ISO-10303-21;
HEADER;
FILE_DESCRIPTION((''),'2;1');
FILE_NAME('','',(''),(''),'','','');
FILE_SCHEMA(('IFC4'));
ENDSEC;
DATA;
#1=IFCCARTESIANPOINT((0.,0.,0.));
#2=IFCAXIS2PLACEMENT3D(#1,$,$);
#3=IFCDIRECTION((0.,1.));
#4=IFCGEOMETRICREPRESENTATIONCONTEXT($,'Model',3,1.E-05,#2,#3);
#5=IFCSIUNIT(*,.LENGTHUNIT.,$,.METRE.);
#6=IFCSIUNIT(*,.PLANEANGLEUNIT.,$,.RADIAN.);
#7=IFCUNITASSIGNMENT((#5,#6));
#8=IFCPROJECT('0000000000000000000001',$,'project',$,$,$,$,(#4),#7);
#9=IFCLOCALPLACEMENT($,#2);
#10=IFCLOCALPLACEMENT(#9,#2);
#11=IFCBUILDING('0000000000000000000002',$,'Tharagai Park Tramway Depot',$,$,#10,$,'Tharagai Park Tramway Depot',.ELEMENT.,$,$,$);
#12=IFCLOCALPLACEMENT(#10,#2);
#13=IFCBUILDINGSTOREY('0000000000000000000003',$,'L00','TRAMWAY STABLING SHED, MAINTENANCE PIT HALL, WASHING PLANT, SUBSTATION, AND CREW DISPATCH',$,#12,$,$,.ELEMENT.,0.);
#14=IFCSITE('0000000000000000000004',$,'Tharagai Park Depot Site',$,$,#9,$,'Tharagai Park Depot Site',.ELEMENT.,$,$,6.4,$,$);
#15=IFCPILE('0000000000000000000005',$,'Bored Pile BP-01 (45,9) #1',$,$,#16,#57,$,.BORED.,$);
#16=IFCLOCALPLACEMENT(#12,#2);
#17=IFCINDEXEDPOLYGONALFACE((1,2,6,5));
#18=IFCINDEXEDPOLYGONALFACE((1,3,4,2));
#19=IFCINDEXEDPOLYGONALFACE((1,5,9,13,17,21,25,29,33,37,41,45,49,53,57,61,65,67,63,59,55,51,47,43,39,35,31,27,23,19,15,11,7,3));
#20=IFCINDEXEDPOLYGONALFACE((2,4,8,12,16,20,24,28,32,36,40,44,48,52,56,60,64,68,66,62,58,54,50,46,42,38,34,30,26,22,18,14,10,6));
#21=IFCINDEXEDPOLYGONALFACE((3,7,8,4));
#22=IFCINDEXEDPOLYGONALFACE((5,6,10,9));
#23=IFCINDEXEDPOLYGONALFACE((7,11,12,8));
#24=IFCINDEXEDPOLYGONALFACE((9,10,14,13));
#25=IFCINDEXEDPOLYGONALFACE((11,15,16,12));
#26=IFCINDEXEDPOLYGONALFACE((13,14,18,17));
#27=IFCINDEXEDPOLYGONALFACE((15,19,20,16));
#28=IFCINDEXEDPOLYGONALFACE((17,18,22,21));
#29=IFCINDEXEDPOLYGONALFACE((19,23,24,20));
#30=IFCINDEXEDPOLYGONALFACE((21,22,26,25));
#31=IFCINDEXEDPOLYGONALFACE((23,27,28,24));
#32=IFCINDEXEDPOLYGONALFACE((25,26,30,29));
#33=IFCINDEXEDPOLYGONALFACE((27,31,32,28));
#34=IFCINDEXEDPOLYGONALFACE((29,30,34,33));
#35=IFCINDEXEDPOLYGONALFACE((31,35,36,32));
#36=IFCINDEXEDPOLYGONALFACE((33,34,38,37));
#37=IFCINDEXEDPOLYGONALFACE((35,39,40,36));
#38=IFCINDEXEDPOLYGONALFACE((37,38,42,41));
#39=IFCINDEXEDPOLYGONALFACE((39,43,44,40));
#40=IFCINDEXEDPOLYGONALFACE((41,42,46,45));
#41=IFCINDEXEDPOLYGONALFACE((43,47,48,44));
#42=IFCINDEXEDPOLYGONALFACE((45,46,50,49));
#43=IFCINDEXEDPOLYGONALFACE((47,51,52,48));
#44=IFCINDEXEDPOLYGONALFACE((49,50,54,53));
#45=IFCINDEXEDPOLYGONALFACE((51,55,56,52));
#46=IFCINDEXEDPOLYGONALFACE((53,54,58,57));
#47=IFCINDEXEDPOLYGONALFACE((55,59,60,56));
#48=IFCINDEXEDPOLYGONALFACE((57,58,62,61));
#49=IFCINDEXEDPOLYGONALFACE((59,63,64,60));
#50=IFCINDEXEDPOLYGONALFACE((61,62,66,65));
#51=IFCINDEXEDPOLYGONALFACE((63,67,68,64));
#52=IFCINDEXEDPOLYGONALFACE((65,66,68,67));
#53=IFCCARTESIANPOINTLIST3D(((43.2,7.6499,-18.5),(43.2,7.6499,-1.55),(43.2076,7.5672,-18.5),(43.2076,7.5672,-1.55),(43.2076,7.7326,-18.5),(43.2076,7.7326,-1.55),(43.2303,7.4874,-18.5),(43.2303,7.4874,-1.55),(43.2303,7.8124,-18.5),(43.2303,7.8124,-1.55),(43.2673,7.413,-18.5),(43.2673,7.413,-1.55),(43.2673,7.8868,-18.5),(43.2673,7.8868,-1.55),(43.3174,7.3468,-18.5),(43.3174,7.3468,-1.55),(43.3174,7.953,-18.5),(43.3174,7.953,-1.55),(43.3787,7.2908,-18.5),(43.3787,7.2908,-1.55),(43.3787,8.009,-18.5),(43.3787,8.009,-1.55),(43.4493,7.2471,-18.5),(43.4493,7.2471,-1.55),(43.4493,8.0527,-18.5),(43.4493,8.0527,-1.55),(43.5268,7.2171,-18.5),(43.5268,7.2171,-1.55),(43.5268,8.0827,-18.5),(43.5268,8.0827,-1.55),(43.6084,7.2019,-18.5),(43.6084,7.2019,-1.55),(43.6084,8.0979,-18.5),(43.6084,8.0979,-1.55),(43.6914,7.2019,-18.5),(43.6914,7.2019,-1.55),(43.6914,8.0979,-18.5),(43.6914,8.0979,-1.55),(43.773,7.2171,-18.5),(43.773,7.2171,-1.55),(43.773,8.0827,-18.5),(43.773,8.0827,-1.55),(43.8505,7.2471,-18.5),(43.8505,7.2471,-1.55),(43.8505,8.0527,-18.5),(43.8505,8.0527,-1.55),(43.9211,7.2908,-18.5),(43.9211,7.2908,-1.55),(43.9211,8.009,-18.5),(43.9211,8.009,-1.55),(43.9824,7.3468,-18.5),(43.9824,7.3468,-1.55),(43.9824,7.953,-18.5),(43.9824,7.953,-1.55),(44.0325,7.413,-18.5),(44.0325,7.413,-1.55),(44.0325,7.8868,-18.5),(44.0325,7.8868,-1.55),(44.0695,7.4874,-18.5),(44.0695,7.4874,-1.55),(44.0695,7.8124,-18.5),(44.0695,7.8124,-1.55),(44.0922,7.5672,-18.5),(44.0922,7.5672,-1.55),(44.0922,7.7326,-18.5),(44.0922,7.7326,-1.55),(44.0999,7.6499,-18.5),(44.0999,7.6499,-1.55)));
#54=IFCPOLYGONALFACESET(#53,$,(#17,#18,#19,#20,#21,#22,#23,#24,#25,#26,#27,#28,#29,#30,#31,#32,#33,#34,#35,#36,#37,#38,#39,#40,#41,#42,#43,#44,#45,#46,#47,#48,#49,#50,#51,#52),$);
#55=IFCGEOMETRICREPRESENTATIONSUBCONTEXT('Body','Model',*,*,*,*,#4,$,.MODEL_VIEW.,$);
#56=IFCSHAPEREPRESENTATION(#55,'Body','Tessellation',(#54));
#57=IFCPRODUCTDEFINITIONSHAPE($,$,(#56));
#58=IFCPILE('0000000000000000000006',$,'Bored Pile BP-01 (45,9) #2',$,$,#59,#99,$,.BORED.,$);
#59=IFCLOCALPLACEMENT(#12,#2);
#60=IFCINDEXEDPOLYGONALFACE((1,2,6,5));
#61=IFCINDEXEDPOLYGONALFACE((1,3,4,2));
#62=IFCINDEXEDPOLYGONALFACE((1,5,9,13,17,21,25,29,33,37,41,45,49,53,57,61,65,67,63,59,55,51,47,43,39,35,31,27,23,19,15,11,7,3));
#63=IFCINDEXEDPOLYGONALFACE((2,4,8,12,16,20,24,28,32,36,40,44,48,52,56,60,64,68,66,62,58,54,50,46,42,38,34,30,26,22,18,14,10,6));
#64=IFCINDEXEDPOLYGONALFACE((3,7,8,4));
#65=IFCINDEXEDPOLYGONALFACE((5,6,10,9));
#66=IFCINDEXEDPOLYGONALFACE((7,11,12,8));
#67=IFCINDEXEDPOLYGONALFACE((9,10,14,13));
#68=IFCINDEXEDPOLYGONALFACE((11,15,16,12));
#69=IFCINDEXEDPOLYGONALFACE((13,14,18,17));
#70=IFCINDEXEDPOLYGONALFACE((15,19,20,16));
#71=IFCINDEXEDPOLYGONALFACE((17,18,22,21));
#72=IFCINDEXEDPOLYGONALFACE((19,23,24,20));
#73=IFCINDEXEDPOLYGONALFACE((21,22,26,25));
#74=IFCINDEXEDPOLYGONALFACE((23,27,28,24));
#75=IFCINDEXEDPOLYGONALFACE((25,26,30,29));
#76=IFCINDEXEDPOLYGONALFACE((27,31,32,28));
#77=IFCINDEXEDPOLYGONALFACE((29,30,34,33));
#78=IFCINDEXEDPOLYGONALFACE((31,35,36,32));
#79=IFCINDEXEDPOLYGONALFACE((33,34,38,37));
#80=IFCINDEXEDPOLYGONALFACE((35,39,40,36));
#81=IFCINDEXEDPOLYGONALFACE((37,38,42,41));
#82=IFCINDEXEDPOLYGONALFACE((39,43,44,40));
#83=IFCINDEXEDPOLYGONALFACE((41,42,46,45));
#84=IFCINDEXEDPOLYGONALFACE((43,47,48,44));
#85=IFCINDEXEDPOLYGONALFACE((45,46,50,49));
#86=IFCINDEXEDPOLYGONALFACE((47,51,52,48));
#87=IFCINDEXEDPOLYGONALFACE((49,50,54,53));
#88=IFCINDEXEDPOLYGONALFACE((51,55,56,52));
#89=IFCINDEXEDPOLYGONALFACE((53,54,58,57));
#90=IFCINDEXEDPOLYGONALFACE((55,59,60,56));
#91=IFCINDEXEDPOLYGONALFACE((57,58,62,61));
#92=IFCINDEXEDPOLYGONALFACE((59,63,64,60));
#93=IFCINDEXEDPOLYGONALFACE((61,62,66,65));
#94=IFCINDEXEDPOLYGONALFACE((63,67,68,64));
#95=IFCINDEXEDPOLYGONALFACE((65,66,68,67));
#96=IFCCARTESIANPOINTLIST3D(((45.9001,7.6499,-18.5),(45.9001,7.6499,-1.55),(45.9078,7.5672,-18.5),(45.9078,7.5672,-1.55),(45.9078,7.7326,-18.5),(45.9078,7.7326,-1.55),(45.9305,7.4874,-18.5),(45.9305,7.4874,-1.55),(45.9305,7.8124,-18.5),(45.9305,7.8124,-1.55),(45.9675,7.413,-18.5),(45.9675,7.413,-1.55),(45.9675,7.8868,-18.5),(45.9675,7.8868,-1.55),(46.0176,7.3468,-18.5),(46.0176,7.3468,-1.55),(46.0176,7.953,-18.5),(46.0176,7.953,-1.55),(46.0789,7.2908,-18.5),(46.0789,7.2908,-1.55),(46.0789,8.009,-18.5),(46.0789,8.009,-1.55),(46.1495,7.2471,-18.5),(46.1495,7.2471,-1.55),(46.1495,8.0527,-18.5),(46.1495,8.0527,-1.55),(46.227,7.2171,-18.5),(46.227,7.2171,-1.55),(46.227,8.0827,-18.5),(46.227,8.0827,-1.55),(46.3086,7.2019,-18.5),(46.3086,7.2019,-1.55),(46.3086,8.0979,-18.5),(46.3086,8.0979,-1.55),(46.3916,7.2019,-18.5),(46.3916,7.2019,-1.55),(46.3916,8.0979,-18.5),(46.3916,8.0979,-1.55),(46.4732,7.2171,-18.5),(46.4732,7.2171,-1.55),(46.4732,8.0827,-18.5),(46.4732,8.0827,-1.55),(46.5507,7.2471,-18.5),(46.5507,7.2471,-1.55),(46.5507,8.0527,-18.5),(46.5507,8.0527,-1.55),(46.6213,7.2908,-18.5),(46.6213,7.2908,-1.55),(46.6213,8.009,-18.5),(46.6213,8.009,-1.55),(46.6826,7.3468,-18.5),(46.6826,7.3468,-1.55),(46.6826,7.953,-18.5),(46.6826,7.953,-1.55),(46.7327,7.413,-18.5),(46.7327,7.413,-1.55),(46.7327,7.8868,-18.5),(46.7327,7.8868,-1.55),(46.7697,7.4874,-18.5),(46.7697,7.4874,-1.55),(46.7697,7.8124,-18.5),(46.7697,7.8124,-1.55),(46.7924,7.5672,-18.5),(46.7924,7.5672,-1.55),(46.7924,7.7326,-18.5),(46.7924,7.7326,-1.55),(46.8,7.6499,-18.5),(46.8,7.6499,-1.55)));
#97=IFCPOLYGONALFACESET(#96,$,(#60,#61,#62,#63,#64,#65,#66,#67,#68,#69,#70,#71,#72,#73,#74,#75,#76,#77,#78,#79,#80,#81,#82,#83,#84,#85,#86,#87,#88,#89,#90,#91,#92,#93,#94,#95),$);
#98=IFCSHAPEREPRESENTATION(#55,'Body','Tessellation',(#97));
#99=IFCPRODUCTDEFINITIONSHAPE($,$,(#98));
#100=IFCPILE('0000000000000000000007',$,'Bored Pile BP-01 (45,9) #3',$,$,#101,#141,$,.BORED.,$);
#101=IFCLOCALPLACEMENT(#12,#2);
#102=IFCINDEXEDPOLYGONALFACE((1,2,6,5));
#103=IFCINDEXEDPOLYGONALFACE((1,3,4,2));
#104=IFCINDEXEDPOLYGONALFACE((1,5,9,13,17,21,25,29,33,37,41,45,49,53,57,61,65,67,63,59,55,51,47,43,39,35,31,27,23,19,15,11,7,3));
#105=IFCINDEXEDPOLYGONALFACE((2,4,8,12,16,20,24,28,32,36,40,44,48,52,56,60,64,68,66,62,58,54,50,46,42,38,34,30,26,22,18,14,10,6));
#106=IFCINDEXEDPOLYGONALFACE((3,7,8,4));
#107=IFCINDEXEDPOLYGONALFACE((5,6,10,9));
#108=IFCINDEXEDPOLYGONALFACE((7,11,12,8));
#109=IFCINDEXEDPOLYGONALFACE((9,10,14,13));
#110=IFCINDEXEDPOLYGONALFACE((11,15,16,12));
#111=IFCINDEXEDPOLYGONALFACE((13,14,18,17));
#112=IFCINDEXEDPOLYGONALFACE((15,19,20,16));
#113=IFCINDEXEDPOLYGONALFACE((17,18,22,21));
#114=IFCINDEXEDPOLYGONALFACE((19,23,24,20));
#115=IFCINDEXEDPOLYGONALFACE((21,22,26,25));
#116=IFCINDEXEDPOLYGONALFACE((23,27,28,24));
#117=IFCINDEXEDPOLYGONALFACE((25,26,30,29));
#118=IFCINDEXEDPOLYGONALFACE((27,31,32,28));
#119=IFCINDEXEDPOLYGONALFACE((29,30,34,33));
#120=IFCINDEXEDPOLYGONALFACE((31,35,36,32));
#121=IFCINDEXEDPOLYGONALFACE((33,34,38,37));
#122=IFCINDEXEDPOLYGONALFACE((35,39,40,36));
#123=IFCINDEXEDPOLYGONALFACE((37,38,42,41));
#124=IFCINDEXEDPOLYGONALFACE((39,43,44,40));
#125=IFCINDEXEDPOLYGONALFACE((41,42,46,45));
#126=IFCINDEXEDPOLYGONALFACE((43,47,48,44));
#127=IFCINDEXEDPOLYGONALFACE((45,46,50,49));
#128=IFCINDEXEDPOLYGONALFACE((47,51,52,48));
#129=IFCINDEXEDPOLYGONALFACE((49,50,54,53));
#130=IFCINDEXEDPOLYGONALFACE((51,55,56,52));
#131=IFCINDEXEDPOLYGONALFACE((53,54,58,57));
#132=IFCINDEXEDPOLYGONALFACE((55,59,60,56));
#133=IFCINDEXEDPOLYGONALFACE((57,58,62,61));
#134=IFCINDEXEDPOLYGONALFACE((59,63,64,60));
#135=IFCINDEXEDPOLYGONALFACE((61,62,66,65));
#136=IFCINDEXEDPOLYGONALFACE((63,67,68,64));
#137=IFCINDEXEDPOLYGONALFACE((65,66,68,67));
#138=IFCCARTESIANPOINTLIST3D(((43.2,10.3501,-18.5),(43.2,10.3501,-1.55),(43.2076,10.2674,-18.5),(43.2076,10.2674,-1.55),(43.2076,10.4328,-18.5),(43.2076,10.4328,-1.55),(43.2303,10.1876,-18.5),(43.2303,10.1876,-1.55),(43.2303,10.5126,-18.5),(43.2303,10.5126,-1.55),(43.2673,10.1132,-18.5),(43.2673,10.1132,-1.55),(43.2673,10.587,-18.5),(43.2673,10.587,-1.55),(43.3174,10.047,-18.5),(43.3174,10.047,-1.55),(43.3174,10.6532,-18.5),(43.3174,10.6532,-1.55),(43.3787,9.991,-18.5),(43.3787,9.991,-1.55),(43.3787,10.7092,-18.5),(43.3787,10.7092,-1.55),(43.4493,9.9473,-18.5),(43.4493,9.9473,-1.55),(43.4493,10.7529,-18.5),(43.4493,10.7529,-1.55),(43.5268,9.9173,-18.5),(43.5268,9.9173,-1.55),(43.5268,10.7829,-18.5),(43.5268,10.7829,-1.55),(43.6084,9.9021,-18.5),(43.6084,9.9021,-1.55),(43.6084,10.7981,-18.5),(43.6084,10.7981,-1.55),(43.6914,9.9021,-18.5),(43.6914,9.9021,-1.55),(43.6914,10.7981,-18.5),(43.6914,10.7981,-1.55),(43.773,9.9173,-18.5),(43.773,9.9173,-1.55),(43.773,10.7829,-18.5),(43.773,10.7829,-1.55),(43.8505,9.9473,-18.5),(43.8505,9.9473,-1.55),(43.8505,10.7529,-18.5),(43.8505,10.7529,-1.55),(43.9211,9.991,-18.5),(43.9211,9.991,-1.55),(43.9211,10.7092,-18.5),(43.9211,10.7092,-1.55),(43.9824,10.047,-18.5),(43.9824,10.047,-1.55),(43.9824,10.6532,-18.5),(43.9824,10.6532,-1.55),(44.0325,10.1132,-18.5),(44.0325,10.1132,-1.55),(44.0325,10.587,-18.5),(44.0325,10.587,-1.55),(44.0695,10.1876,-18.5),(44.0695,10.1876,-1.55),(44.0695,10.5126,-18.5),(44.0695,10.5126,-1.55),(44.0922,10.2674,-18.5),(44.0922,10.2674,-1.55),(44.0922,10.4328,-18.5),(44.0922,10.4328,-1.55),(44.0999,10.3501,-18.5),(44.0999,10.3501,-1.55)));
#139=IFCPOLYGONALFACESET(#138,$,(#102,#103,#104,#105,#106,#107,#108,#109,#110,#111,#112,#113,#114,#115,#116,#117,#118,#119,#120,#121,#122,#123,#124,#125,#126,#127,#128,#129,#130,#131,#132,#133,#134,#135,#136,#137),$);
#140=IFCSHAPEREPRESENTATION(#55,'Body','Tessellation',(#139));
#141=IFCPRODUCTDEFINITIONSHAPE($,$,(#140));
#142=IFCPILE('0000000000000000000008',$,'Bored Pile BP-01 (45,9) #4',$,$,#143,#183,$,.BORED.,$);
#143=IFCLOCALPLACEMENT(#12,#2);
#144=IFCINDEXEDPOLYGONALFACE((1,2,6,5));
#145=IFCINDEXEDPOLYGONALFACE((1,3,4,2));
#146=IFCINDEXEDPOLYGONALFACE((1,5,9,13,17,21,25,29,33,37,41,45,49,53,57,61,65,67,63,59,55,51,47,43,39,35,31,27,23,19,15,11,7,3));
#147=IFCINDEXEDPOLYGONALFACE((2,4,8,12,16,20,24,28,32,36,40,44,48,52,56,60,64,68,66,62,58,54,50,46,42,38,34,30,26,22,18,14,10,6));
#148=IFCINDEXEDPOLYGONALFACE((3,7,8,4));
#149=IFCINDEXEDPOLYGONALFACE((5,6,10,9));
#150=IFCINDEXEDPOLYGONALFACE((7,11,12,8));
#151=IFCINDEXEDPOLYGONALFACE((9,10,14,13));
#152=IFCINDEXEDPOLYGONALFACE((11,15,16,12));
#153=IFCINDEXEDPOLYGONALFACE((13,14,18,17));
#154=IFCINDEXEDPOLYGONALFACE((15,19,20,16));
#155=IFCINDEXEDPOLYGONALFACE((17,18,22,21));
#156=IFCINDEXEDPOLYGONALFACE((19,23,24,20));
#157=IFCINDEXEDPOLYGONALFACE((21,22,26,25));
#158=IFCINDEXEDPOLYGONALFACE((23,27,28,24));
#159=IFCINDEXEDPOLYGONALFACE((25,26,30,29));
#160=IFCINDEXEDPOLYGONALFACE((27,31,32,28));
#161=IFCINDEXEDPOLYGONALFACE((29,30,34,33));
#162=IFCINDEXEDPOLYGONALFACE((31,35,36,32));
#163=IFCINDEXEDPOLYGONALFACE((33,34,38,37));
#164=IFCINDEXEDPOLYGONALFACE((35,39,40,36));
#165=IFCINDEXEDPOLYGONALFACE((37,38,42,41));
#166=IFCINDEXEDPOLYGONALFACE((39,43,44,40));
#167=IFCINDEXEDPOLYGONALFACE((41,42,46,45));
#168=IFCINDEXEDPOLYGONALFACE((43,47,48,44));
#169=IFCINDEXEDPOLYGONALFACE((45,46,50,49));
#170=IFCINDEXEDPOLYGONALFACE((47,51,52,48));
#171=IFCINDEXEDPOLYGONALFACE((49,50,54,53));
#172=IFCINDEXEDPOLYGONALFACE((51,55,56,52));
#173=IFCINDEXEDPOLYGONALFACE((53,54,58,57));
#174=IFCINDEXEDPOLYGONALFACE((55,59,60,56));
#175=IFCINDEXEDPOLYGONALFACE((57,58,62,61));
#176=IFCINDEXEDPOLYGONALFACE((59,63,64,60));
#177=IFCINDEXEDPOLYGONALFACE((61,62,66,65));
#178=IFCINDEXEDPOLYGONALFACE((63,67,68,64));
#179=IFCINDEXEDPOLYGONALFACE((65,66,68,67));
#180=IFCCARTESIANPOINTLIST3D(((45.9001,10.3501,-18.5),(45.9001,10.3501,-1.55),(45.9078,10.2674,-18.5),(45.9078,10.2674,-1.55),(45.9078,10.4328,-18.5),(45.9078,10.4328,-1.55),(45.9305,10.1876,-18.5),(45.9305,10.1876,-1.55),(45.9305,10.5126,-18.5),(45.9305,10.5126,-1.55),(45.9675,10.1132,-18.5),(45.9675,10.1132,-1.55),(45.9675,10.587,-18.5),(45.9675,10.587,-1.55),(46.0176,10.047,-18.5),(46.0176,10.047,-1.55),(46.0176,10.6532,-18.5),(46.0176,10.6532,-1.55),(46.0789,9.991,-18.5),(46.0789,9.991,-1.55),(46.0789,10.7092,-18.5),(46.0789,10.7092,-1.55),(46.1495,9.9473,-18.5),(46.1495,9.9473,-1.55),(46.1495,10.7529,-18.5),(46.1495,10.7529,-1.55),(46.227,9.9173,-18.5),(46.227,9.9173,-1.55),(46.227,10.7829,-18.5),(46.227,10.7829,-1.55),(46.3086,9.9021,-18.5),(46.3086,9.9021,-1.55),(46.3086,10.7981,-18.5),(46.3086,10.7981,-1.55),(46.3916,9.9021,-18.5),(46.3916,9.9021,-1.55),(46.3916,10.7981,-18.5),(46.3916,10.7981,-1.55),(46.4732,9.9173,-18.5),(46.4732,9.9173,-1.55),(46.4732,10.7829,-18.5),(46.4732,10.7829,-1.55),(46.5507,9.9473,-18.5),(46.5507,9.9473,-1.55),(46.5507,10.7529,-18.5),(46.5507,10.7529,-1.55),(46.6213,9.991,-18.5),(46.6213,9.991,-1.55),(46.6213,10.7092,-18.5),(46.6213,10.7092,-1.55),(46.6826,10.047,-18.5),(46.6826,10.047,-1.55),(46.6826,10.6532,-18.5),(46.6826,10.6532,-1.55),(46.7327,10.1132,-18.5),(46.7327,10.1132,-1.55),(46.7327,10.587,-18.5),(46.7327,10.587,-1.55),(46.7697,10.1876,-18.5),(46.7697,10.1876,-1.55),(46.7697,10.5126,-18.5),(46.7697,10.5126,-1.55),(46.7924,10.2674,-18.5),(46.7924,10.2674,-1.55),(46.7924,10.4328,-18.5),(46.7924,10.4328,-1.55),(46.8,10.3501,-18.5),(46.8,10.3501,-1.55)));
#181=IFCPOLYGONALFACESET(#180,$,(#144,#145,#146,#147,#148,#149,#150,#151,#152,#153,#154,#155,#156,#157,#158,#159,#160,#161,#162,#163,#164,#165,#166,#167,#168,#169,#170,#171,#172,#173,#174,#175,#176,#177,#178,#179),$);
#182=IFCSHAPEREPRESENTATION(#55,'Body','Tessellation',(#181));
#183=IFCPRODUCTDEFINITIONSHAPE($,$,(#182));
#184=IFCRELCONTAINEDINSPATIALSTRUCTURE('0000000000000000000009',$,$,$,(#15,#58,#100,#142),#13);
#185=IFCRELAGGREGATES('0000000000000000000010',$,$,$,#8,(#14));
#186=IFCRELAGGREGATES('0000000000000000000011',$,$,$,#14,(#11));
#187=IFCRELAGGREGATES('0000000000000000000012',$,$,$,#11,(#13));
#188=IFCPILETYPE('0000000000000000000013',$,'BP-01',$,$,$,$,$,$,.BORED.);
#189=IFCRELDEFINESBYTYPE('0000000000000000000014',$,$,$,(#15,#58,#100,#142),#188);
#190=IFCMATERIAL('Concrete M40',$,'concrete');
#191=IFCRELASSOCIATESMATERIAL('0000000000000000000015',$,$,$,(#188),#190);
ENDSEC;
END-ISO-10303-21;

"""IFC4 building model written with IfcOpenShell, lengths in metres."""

from ifc_helpers import new_model, si_unit, direction, frame, origin, origin_2d, place, context, subcontext, project, spatial, circle, extrude, material, material_profile, profile_set, type_object, element, save


model = new_model("IFC4")

# Units and contexts
model_context = context("Model", 3, precision=1e-05, world=origin(), true_north=direction((0.0, 1.0)))
body_context = subcontext(model_context, "Body", "Model", "MODEL_VIEW")
ifc_project = project(units=[si_unit("LENGTHUNIT", "METRE"), si_unit("PLANEANGLEUNIT", "RADIAN")], contexts=[model_context])

# Site, building, storey
site_placement = place(None, origin())
site = spatial("IfcSite", under=ifc_project, at=site_placement, Name="Tharagai Park Depot Site", LongName="Tharagai Park Depot Site", CompositionType="ELEMENT", RefElevation=6.4)
building_placement = place(site_placement, origin())
building = spatial("IfcBuilding", under=site, at=building_placement, Name="Tharagai Park Tramway Depot", LongName="Tharagai Park Tramway Depot", CompositionType="ELEMENT")
storey_placement = place(building_placement, origin())
storey = spatial("IfcBuildingStorey", under=building, at=storey_placement, Name="L00", Description="TRAMWAY STABLING SHED, MAINTENANCE PIT HALL, WASHING PLANT, SUBSTATION, AND CREW DISPATCH", CompositionType="ELEMENT", Elevation=0.0)

# Piles
ifc_material_1 = material(Name="Concrete M40", Category="concrete")
ifc_material_profile_1 = material_profile(ifc_material_1, circle(Radius=0.45, at=origin_2d()), Name="PILE D900")
ifc_profile_set_1 = profile_set([ifc_material_profile_1], Name="Concrete M40")
pile_type = type_object("IfcPileType", Name="BP-01", PredefinedType="BORED", material=ifc_profile_set_1)
for number, where, z_axis, x_axis, name in (
    (1, (43.6499, 7.6499, -1.55), (0.0, 0.0, -1.0), (1.0, 0.0, 0.0), "Bored Pile BP-01 (45,9) #1"),
    (2, (46.3501, 7.6499, -1.55), (0.0, 0.0, -1.0), (1.0, 0.0, 0.0), "Bored Pile BP-01 (45,9) #2"),
    (3, (43.6499, 10.3501, -1.55), (0.0, 0.0, -1.0), (1.0, 0.0, 0.0), "Bored Pile BP-01 (45,9) #3"),
    (4, (46.3501, 10.3501, -1.55), (0.0, 0.0, -1.0), (1.0, 0.0, 0.0), "Bored Pile BP-01 (45,9) #4"),
):
    element("IfcPile", number, at=place(storey_placement, frame(where, z_axis=z_axis, x_axis=x_axis)), inside=storey, type_object=pile_type, Name=name, PredefinedType="BORED", context=body_context, shape_type="SweptSolid", body=[
        extrude(circle(Radius=0.45, at=origin_2d()), origin(), (0.0, 0.0, 1.0), 16.95),
    ])

save(model, "model.ifc")
